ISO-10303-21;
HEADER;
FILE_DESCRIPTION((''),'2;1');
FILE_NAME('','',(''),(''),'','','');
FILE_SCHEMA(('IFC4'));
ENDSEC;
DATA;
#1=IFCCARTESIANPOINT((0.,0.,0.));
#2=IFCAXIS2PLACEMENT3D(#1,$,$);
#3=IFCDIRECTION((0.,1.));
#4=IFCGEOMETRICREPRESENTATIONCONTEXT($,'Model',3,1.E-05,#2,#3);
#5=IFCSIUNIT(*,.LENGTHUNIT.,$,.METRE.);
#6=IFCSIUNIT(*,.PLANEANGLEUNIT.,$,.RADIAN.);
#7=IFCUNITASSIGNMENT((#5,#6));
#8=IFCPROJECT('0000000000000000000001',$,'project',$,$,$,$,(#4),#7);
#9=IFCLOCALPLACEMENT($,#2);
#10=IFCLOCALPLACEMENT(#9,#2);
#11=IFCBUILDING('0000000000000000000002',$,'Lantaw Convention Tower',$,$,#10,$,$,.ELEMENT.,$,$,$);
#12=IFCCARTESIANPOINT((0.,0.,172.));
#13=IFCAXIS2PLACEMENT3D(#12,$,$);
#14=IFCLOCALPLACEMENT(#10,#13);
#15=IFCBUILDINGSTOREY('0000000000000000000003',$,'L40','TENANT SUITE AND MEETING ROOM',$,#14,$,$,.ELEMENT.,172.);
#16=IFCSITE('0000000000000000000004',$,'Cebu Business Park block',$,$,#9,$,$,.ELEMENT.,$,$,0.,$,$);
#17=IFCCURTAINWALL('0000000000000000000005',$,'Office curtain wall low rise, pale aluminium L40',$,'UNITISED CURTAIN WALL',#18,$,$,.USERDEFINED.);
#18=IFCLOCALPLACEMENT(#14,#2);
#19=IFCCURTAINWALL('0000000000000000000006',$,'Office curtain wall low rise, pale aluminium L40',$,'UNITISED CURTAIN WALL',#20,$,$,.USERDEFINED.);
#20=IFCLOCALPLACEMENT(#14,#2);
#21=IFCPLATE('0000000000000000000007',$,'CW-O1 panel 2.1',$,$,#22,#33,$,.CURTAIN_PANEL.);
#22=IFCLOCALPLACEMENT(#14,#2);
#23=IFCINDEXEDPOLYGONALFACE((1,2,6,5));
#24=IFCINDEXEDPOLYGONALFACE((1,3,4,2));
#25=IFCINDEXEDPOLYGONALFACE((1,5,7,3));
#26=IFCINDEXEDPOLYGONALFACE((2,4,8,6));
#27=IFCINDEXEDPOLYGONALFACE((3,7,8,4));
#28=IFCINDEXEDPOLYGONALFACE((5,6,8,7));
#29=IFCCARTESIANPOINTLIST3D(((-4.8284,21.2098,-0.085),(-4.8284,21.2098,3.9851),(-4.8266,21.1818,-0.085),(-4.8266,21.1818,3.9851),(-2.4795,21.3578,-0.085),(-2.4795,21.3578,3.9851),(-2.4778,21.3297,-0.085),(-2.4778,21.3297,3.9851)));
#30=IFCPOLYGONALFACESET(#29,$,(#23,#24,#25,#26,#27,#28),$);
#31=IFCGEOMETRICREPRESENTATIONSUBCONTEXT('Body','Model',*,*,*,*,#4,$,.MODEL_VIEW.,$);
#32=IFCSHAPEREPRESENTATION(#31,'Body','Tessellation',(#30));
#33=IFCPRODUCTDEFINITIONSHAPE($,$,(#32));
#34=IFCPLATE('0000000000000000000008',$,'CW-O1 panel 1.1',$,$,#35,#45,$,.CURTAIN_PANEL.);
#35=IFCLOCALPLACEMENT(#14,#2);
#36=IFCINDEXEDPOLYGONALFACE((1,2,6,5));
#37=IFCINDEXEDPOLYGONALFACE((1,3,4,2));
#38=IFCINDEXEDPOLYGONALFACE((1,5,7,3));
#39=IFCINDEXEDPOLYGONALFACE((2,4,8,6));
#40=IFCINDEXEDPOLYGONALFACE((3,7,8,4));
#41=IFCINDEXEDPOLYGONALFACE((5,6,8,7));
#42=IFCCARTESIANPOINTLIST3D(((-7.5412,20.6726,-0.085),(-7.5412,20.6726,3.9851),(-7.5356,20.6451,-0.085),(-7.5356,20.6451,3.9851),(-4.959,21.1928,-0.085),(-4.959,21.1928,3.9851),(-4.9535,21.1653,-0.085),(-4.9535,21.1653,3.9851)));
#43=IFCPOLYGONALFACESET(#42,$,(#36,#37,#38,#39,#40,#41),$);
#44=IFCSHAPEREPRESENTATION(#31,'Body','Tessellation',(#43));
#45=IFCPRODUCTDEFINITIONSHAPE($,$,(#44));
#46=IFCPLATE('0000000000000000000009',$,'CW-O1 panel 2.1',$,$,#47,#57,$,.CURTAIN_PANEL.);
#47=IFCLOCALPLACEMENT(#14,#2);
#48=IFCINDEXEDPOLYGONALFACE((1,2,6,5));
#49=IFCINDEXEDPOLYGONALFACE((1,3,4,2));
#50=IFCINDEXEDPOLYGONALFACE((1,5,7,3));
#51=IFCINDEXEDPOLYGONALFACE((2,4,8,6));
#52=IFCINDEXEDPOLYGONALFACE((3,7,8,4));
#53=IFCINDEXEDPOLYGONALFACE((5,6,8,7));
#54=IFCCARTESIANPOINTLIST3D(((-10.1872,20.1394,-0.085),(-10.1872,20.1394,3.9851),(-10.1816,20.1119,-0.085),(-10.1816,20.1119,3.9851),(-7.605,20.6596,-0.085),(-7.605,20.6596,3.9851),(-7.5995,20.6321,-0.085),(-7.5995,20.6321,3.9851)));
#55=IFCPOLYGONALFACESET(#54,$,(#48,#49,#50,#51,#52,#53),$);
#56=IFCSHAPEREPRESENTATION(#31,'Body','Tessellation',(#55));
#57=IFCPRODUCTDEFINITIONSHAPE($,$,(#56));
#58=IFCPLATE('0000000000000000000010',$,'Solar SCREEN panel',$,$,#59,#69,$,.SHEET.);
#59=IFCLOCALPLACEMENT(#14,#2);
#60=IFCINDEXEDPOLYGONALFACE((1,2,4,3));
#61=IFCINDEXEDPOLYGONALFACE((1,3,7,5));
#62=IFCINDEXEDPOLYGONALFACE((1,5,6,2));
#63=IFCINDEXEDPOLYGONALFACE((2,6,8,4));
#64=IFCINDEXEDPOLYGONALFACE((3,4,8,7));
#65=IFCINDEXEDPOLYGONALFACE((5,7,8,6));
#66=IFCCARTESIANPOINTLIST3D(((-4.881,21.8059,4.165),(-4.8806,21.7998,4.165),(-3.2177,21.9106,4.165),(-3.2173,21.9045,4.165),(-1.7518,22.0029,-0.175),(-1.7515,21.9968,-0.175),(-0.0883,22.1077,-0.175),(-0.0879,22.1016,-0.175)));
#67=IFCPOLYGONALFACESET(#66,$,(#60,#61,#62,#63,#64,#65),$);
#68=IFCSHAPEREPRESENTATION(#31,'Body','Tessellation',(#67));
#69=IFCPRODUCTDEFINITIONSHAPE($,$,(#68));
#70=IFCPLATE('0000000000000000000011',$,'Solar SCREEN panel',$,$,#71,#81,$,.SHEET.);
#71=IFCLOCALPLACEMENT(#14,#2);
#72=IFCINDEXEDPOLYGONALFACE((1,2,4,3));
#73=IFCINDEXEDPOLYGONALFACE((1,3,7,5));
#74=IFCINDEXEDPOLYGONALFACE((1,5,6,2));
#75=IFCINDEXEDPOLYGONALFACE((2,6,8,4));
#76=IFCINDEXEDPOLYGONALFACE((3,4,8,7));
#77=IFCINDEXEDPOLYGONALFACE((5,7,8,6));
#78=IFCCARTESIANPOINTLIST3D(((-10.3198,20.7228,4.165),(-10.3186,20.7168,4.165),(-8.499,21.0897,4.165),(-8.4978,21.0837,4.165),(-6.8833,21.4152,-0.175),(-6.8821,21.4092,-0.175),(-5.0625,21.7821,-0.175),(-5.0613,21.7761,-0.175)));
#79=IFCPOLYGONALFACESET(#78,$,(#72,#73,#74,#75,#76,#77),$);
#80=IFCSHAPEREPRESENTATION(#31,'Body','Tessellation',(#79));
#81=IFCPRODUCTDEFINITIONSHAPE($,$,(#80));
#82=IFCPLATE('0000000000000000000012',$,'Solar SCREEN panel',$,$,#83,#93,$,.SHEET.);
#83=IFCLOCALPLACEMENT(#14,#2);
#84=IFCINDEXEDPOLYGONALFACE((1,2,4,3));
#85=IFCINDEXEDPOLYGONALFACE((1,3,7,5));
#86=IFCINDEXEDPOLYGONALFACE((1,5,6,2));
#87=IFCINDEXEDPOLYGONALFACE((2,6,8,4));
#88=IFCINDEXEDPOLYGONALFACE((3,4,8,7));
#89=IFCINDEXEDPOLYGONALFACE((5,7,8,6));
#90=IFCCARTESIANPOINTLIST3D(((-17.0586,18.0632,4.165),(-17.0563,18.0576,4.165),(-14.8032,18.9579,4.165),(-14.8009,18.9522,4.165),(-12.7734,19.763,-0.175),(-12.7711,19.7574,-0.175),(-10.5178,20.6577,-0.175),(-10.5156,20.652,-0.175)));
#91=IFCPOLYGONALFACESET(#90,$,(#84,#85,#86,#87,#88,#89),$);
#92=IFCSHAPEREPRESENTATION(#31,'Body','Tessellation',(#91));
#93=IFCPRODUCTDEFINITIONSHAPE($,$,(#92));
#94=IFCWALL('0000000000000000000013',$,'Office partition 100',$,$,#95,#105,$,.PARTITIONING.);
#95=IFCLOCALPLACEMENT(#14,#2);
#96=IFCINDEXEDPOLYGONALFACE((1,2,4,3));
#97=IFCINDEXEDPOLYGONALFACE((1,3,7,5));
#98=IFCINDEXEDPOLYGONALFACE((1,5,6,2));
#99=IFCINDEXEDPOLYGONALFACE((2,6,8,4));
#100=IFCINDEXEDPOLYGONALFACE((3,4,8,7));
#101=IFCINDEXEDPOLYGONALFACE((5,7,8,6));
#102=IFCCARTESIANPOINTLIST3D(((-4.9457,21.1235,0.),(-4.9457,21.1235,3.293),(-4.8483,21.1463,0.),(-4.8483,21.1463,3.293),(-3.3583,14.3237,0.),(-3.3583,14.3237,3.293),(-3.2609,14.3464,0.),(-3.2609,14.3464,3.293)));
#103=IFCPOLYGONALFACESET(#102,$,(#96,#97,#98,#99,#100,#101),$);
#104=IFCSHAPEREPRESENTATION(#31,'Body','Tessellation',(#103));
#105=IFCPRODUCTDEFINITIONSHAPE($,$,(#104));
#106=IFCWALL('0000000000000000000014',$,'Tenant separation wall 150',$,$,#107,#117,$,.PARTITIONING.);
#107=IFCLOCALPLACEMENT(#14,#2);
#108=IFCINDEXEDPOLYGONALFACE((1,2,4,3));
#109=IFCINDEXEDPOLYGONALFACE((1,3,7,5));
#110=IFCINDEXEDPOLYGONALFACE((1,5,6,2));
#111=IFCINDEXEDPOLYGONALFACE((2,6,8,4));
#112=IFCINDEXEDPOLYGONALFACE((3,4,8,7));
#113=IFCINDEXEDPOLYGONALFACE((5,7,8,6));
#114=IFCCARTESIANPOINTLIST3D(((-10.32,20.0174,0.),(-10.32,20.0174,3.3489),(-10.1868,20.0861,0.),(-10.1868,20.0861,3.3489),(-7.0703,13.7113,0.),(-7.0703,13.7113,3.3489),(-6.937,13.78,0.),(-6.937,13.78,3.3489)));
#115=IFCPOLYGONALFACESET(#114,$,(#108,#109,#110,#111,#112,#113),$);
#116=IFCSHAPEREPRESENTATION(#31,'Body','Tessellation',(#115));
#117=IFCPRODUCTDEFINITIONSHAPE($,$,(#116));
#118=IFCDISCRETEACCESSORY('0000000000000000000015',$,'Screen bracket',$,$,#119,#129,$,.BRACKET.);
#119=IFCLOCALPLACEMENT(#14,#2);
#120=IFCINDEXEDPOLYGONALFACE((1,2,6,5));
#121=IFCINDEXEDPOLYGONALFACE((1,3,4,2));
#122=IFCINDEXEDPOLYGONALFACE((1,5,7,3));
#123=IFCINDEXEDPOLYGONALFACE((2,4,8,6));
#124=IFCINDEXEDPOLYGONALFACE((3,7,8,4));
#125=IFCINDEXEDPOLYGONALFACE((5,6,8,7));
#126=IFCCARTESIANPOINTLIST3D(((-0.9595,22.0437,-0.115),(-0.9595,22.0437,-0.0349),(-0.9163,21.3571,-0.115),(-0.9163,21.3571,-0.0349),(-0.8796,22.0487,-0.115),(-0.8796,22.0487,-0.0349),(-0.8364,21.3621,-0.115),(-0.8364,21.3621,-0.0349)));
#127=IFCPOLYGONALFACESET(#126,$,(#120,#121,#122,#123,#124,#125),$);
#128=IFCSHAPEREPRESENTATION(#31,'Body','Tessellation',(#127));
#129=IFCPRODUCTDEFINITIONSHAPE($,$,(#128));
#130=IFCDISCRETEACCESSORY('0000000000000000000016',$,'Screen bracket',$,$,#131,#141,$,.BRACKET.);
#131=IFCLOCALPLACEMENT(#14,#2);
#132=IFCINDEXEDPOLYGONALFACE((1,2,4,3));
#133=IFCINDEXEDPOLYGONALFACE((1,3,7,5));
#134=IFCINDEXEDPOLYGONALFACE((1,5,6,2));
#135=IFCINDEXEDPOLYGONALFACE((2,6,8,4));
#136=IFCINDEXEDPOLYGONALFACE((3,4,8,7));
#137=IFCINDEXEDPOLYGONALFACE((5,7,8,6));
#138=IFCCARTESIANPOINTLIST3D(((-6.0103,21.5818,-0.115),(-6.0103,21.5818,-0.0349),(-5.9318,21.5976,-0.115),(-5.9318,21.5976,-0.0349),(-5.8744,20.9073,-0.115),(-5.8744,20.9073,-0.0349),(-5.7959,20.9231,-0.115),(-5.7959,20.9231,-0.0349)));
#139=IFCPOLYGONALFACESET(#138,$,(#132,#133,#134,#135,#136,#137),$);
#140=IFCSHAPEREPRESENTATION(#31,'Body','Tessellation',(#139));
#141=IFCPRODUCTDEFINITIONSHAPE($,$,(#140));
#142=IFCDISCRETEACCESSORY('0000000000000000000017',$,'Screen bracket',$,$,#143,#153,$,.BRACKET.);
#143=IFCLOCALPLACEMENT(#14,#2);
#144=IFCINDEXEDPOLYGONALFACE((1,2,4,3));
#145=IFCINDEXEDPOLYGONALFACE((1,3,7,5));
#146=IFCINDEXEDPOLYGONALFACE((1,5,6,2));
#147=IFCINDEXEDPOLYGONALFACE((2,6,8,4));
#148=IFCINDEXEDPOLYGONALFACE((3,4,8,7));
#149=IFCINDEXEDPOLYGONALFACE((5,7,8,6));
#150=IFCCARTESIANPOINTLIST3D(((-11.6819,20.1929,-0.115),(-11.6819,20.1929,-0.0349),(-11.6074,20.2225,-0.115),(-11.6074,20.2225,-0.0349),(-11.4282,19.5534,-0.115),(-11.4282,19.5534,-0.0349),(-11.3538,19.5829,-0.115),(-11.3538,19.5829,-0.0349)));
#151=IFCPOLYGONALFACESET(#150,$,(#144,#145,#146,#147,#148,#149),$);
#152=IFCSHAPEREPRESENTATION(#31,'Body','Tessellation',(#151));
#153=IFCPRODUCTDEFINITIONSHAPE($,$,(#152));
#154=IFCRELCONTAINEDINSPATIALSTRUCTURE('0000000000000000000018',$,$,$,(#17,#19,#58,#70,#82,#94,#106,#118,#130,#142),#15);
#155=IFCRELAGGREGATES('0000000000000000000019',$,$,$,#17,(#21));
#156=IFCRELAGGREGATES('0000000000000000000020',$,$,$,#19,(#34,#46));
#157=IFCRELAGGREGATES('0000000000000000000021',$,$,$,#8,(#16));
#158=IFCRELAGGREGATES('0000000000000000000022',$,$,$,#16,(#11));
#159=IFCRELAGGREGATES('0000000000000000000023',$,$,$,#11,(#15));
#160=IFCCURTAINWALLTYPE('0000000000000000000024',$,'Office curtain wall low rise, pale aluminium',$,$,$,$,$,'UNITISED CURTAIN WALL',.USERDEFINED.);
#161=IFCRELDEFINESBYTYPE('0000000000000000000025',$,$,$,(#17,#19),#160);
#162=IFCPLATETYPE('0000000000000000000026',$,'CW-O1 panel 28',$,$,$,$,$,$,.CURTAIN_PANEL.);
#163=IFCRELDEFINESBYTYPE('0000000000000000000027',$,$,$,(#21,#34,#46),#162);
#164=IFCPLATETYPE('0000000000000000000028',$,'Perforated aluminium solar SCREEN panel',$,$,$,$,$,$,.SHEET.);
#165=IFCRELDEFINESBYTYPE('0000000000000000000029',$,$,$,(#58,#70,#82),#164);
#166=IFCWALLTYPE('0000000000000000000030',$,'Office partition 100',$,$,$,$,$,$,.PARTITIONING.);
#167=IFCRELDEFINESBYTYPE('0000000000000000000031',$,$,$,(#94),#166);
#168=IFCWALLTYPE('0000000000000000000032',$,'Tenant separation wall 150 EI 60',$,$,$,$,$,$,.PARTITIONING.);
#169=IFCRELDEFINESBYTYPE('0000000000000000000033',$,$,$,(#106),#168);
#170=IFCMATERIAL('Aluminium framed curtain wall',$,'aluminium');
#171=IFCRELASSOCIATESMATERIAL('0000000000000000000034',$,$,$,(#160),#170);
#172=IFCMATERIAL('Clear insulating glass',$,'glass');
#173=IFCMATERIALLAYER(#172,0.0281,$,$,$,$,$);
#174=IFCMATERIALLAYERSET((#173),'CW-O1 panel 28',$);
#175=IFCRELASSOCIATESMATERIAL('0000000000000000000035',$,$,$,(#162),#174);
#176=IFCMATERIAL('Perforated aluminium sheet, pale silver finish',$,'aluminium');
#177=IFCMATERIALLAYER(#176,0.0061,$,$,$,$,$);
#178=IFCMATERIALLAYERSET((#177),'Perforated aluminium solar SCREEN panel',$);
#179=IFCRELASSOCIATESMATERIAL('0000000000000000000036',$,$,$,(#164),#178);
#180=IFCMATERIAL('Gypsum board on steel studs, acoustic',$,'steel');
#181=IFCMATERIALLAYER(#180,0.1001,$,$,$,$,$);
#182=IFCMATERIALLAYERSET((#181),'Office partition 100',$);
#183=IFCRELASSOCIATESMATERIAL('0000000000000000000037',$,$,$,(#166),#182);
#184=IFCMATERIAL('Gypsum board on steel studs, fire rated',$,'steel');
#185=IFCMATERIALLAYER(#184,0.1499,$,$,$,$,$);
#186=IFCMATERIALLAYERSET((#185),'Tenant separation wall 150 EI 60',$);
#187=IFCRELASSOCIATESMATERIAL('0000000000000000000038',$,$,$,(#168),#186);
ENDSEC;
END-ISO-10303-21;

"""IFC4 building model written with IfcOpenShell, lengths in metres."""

from ifc_helpers import new_model, si_unit, direction, frame, frame_2d, origin, origin_2d, place, context, subcontext, project, spatial, polyline, rectangle, outline, extrude, material, layer, layer_set, type_object, element, aggregate, save


model = new_model("IFC4")

# Units and contexts
model_context = context("Model", 3, precision=1e-05, world=origin(), true_north=direction((0.0, 1.0)))
body_context = subcontext(model_context, "Body", "Model", "MODEL_VIEW")
ifc_project = project(units=[si_unit("LENGTHUNIT", "METRE"), si_unit("PLANEANGLEUNIT", "RADIAN")], contexts=[model_context])

# Site, building, storey
site_placement = place(None, origin())
site = spatial("IfcSite", under=ifc_project, at=site_placement, Name="Cebu Business Park block", CompositionType="ELEMENT", RefElevation=0.0)
building_placement = place(site_placement, origin())
building = spatial("IfcBuilding", under=site, at=building_placement, Name="Lantaw Convention Tower", CompositionType="ELEMENT")
storey_placement = place(building_placement, frame((0.0, 0.0, 172.0)))
storey = spatial("IfcBuildingStorey", under=building, at=storey_placement, Name="L40", Description="TENANT SUITE AND MEETING ROOM", CompositionType="ELEMENT", Elevation=172.0)

# Curtain walls
ifc_material_1 = material(Name="Aluminium framed curtain wall", Category="aluminium")
curtain_wall_type = type_object("IfcCurtainWallType", Name="Office curtain wall low rise, pale aluminium", ElementType="UNITISED CURTAIN WALL", PredefinedType="USERDEFINED", material=ifc_material_1)
curtain_wall_1_placement = place(storey_placement, origin())
curtain_wall_1 = element("IfcCurtainWall", 1, at=curtain_wall_1_placement, inside=storey, type_object=curtain_wall_type, Name="Office curtain wall low rise, pale aluminium L40", ObjectType="UNITISED CURTAIN WALL", PredefinedType="USERDEFINED")
curtain_wall_2_placement = place(storey_placement, origin())
curtain_wall_2 = element("IfcCurtainWall", 2, at=curtain_wall_2_placement, inside=storey, type_object=curtain_wall_type, Name="Office curtain wall low rise, pale aluminium L40", ObjectType="UNITISED CURTAIN WALL", PredefinedType="USERDEFINED")

# Plates
ifc_material_2 = material(Name="Clear insulating glass", Category="glass")
ifc_layer_1 = layer(ifc_material_2, 0.0281)
ifc_layer_set_1 = layer_set([ifc_layer_1], Name="CW-O1 panel 28")
plate_type_1 = type_object("IfcPlateType", Name="CW-O1 panel 28", PredefinedType="CURTAIN_PANEL", material=ifc_layer_set_1)
plate_1_placement = place(storey_placement, frame((-3.6531, 21.2698, -0.085), z_axis=(0.0, 0.0, 1.0), x_axis=(-0.998022, -0.062865, 0.0)))
plate_1 = element("IfcPlate", 3, at=plate_1_placement, type_object=plate_type_1, Name="CW-O1 panel 2.1", PredefinedType="CURTAIN_PANEL", context=body_context, shape_type="SweptSolid", body=[
    extrude(rectangle(XDim=2.3535, YDim=0.0281, at=origin_2d()), origin(), (0.0, 0.0, 1.0), 4.0701),
])
aggregate(curtain_wall_1, [plate_1])
plate_2_placement = place(storey_placement, frame((-6.2473, 20.9189, -0.085), z_axis=(0.0, 0.0, 1.0), x_axis=(-0.980302, -0.197507, 0.0)))
plate_2 = element("IfcPlate", 4, at=plate_2_placement, type_object=plate_type_1, Name="CW-O1 panel 1.1", PredefinedType="CURTAIN_PANEL", context=body_context, shape_type="SweptSolid", body=[
    extrude(rectangle(XDim=2.634, YDim=0.0281, at=origin_2d()), origin(), (0.0, 0.0, 1.0), 4.0701),
])
plate_3_placement = place(storey_placement, frame((-8.8933, 20.3857, -0.085), z_axis=(0.0, 0.0, 1.0), x_axis=(-0.980302, -0.197507, 0.0)))
plate_3 = element("IfcPlate", 5, at=plate_3_placement, type_object=plate_type_1, Name="CW-O1 panel 2.1", PredefinedType="CURTAIN_PANEL", context=body_context, shape_type="SweptSolid", body=[
    extrude(rectangle(XDim=2.634, YDim=0.0281, at=origin_2d()), origin(), (0.0, 0.0, 1.0), 4.0701),
])
aggregate(curtain_wall_2, [plate_2, plate_3])

# Plates
ifc_material_3 = material(Name="Perforated aluminium sheet, pale silver finish", Category="aluminium")
ifc_layer_2 = layer(ifc_material_3, 0.0061)
ifc_layer_set_2 = layer_set([ifc_layer_2], Name="Perforated aluminium solar SCREEN panel")
plate_type_2 = type_object("IfcPlateType", Name="Perforated aluminium solar SCREEN panel", PredefinedType="SHEET", material=ifc_layer_set_2)
plate_4_placement = place(storey_placement, frame((-0.0879, 22.1016, -0.175), z_axis=(0.062839, -0.998024, 0.000002), x_axis=(-0.998024, -0.062839, 0.0)))
element("IfcPlate", 6, at=plate_4_placement, inside=storey, type_object=plate_type_2, Name="Solar SCREEN panel", PredefinedType="SHEET", context=body_context, shape_type="SweptSolid", body=[
    extrude(outline(polyline([(0.0, 0.0), (1.6669, 0.0), (4.8022, -4.3401), (3.1356, -4.3401), (0.0, 0.0)])), origin(), (0.0, 0.0, -1.0), 0.0061),
])
plate_5_placement = place(storey_placement, frame((-5.0613, 21.7761, -0.175), z_axis=(0.197557, -0.980291, 0.000039), x_axis=(-0.980291, -0.197557, 0.0)))
element("IfcPlate", 7, at=plate_5_placement, inside=storey, type_object=plate_type_2, Name="Solar SCREEN panel", PredefinedType="SHEET", context=body_context, shape_type="SweptSolid", body=[
    extrude(outline(polyline([(0.0, 0.0), (1.8574, 0.0), (5.363, -4.3401), (3.5056, -4.3401), (0.0, 0.0)])), origin(), (0.0, 0.0, -1.0), 0.0061),
])
plate_6_placement = place(storey_placement, frame((-10.5178, 20.6577, -0.175), z_axis=(-0.368709, 0.929545, 0.000011), x_axis=(-0.929545, -0.368709, 0.0)))
element("IfcPlate", 8, at=plate_6_placement, inside=storey, type_object=plate_type_2, Name="Solar SCREEN panel", PredefinedType="SHEET", context=body_context, shape_type="SweptSolid", body=[
    extrude(outline(polyline([(0.0, 0.0), (2.4265, 0.0), (7.0365, 4.3401), (4.6102, 4.3401), (0.0, 0.0)])), origin(), (0.0, 0.0, -1.0), 0.0061),
])

# Walls
ifc_material_4 = material(Name="Gypsum board on steel studs, acoustic", Category="steel")
ifc_layer_3 = layer(ifc_material_4, 0.1001)
ifc_layer_set_3 = layer_set([ifc_layer_3], Name="Office partition 100")
wall_type_1 = type_object("IfcWallType", Name="Office partition 100", PredefinedType="PARTITIONING", material=ifc_layer_set_3)
wall_1_placement = place(storey_placement, frame((-4.897, 21.1348, 0.0), z_axis=(0.0, 0.0, 1.0), x_axis=(0.227336, -0.973816, 0.0)))
element("IfcWall", 9, at=wall_1_placement, inside=storey, type_object=wall_type_1, Name="Office partition 100", PredefinedType="PARTITIONING", context=body_context, shape_type="SweptSolid", body=[
    extrude(rectangle(XDim=6.9827, YDim=0.1001, at=frame_2d((3.4912, 0.0))), origin(), (0.0, 0.0, 1.0), 3.293),
])
ifc_material_5 = material(Name="Gypsum board on steel studs, fire rated", Category="steel")
ifc_layer_4 = layer(ifc_material_5, 0.1499)
ifc_layer_set_4 = layer_set([ifc_layer_4], Name="Tenant separation wall 150 EI 60")
wall_type_2 = type_object("IfcWallType", Name="Tenant separation wall 150 EI 60", PredefinedType="PARTITIONING", material=ifc_layer_set_4)
wall_2_placement = place(storey_placement, frame((-10.2534, 20.0518, 0.0), z_axis=(0.0, 0.0, 1.0), x_axis=(0.458083, -0.88891, 0.0)))
element("IfcWall", 10, at=wall_2_placement, inside=storey, type_object=wall_type_2, Name="Tenant separation wall 150", PredefinedType="PARTITIONING", context=body_context, shape_type="SweptSolid", body=[
    extrude(rectangle(XDim=7.0942, YDim=0.1499, at=frame_2d((3.5471, 0.0))), origin(), (0.0, 0.0, 1.0), 3.3489),
])

# Discrete accessories
for number, where, z_axis, x_axis, name in (
    (11, (-0.8979, 21.7029, -0.115), (0.0, 0.0, 1.0), (-0.998022, -0.062865, 0.0), "Screen bracket"),
    (12, (-5.9031, 21.2524, -0.115), (0.0, 0.0, 1.0), (-0.980302, -0.197507, 0.0), "Screen bracket"),
    (13, (-11.5178, 19.8879, -0.115), (0.0, 0.0, 1.0), (-0.929548, -0.368702, 0.0), "Screen bracket"),
):
    element("IfcDiscreteAccessory", number, at=place(storey_placement, frame(where, z_axis=z_axis, x_axis=x_axis)), inside=storey, Name=name, PredefinedType="BRACKET", context=body_context, shape_type="SweptSolid", body=[
        extrude(rectangle(XDim=0.0801, YDim=0.688, at=origin_2d()), origin(), (0.0, 0.0, 1.0), 0.0801),
    ])

save(model, "model.ifc")
